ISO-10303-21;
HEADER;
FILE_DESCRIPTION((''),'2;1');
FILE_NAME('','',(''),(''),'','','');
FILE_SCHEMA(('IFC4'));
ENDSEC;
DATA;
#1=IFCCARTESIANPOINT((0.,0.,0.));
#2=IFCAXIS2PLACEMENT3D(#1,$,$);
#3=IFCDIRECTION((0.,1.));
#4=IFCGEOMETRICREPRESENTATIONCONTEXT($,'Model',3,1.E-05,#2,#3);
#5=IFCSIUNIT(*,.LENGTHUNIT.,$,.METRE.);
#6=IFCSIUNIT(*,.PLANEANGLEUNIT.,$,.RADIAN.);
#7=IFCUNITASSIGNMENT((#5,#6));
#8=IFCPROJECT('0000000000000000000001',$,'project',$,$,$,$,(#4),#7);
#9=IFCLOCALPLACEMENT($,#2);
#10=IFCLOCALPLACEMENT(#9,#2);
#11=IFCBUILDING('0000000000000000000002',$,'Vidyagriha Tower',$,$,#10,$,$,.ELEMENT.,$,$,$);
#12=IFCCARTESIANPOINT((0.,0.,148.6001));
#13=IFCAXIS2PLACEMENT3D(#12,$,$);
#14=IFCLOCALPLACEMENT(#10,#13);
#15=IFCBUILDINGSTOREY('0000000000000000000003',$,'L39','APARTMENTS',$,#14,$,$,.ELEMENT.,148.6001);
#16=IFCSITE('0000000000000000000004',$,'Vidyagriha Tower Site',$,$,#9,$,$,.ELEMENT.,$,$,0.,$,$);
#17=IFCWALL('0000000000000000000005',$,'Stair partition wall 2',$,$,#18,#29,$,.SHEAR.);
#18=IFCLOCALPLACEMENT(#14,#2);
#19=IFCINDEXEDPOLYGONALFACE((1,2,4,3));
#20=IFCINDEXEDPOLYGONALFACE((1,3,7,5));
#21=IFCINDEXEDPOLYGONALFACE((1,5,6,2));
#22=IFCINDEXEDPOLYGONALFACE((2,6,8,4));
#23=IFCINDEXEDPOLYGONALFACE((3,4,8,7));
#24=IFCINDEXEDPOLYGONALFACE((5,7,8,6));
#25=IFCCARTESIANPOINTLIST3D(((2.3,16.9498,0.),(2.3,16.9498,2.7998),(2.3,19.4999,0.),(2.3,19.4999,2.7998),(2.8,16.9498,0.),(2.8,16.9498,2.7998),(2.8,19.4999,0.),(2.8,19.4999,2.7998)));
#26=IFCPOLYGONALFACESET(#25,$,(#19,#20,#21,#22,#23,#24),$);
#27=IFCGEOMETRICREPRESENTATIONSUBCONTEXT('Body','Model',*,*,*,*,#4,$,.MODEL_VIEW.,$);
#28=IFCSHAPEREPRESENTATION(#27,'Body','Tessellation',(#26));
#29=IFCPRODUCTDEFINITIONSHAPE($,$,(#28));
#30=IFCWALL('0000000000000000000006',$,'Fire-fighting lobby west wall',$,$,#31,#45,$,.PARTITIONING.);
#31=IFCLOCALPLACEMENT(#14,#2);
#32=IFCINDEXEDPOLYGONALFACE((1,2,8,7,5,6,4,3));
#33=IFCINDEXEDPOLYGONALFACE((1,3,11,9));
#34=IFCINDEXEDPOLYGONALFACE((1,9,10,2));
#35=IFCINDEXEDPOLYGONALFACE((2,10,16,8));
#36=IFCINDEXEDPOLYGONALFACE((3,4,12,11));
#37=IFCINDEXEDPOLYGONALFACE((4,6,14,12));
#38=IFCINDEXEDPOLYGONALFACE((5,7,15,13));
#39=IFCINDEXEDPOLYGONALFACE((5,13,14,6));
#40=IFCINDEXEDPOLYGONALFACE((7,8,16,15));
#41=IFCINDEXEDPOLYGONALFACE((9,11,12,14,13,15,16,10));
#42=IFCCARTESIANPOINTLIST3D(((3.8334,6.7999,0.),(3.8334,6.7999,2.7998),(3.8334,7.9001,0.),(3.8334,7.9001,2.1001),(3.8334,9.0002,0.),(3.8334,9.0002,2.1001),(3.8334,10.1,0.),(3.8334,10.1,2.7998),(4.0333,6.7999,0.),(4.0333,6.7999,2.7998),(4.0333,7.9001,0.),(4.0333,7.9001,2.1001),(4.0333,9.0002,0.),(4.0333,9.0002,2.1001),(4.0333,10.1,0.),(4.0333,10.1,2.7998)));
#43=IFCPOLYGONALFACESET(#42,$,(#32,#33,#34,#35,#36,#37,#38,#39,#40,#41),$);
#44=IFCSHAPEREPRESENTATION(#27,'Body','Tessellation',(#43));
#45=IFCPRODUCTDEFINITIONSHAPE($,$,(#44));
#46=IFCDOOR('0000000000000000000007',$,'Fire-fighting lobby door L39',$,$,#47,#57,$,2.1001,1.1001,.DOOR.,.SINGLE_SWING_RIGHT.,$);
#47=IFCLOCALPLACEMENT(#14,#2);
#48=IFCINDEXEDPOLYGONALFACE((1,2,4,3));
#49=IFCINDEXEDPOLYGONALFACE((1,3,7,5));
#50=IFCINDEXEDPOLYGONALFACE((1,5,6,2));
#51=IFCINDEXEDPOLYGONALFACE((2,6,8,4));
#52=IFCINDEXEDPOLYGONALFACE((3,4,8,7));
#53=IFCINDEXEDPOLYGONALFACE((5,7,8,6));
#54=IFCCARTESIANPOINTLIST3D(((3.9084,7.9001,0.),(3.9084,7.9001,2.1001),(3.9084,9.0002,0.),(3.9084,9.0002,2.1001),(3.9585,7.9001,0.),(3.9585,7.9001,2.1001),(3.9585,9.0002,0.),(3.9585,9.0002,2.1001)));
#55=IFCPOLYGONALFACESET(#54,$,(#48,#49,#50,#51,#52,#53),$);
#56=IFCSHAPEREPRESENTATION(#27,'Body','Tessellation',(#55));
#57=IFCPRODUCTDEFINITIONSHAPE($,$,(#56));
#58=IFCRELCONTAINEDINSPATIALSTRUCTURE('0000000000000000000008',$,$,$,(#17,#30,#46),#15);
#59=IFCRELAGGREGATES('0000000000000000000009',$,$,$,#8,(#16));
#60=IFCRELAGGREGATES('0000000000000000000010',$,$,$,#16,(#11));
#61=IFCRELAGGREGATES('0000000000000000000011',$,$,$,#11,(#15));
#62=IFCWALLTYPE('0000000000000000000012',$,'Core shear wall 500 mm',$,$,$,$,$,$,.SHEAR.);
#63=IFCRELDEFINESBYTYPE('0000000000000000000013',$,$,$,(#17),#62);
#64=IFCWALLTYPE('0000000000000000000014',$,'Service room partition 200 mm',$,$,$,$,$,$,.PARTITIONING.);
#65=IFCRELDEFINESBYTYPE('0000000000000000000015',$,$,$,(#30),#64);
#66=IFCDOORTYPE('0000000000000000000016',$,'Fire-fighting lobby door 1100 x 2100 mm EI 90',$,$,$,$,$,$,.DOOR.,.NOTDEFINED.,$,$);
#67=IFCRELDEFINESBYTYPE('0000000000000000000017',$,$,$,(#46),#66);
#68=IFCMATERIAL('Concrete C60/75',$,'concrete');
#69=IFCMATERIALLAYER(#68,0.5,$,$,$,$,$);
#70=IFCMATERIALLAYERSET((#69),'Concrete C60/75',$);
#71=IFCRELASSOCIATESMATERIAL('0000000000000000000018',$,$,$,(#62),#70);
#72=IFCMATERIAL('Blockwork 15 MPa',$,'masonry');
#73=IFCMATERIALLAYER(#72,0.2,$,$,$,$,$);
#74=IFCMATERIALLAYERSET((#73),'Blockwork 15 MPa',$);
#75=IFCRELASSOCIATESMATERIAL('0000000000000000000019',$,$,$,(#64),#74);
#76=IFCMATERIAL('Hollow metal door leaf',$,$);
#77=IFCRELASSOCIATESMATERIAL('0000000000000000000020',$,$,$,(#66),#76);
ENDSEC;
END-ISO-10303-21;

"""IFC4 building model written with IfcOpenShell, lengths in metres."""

from ifc_helpers import new_model, si_unit, direction, frame, frame_2d, origin, place, context, subcontext, project, spatial, rectangle, extrude, material, layer, layer_set, type_object, element, fill, save


model = new_model("IFC4")

# Units and contexts
model_context = context("Model", 3, precision=1e-05, world=origin(), true_north=direction((0.0, 1.0)))
body_context = subcontext(model_context, "Body", "Model", "MODEL_VIEW")
ifc_project = project(units=[si_unit("LENGTHUNIT", "METRE"), si_unit("PLANEANGLEUNIT", "RADIAN")], contexts=[model_context])

# Site, building, storey
site_placement = place(None, origin())
site = spatial("IfcSite", under=ifc_project, at=site_placement, Name="Vidyagriha Tower Site", CompositionType="ELEMENT", RefElevation=0.0)
building_placement = place(site_placement, origin())
building = spatial("IfcBuilding", under=site, at=building_placement, Name="Vidyagriha Tower", CompositionType="ELEMENT")
storey_placement = place(building_placement, frame((0.0, 0.0, 148.6001)))
storey = spatial("IfcBuildingStorey", under=building, at=storey_placement, Name="L39", Description="APARTMENTS", CompositionType="ELEMENT", Elevation=148.6001)

# Wall
ifc_material_1 = material(Name="Concrete C60/75", Category="concrete")
ifc_layer_1 = layer(ifc_material_1, 0.5)
ifc_layer_set_1 = layer_set([ifc_layer_1], Name="Concrete C60/75")
wall_type_1 = type_object("IfcWallType", Name="Core shear wall 500 mm", PredefinedType="SHEAR", material=ifc_layer_set_1)
wall_1_placement = place(storey_placement, frame((2.55, 16.95, 0.0), z_axis=(0.0, 0.0, 1.0), x_axis=(0.0, 1.0, 0.0)))
element("IfcWall", 1, at=wall_1_placement, inside=storey, type_object=wall_type_1, Name="Stair partition wall 2", PredefinedType="SHEAR", context=body_context, shape_type="SweptSolid", body=[
    extrude(rectangle(XDim=2.55, YDim=0.5, at=frame_2d((1.2749, 0.0))), origin(), (0.0, 0.0, 1.0), 2.7998),
])

# Wall, opening, door
ifc_material_2 = material(Name="Blockwork 15 MPa", Category="masonry")
ifc_layer_2 = layer(ifc_material_2, 0.2)
ifc_layer_set_2 = layer_set([ifc_layer_2], Name="Blockwork 15 MPa")
wall_type_2 = type_object("IfcWallType", Name="Service room partition 200 mm", PredefinedType="PARTITIONING", material=ifc_layer_set_2)
wall_2_placement = place(storey_placement, frame((3.9333, 6.8, 0.0), z_axis=(0.0, 0.0, 1.0), x_axis=(0.0, 1.0, 0.0)))
wall_2 = element("IfcWall", 2, at=wall_2_placement, inside=storey, type_object=wall_type_2, Name="Fire-fighting lobby west wall", PredefinedType="PARTITIONING", context=body_context, shape_type="SweptSolid", body=[
    extrude(rectangle(XDim=3.3, YDim=0.2, at=frame_2d((1.6499, 0.0))), origin(), (0.0, 0.0, 1.0), 2.7998),
])
opening_1_placement = place(wall_2_placement, frame((1.1001, 0.0, 0.0)))
opening_1 = element("IfcOpeningElement", 3, at=opening_1_placement, cuts=wall_2, PredefinedType="OPENING", context=body_context, shape_type="SweptSolid", body=[
    extrude(rectangle(XDim=1.1001, YDim=2.1001, at=frame_2d((0.55, 1.05))), frame((0.0, 0.1099, 0.0), z_axis=(0.0, -1.0, 0.0), x_axis=(1.0, 0.0, 0.0)), (0.0, 0.0, 1.0), 0.22),
])
ifc_material_3 = material(Name="Hollow metal door leaf")
door_type_1 = type_object("IfcDoorType", Name="Fire-fighting lobby door 1100 x 2100 mm EI 90", OperationType="NOTDEFINED", PredefinedType="DOOR", material=ifc_material_3)
door_1_placement = place(opening_1_placement, origin())
door_1 = element("IfcDoor", 4, at=door_1_placement, inside=storey, type_object=door_type_1, Name="Fire-fighting lobby door L39", OperationType="SINGLE_SWING_RIGHT", OverallHeight=2.1001, OverallWidth=1.1001, PredefinedType="DOOR", context=body_context, shape_type="SweptSolid", body=[
    extrude(rectangle(XDim=1.1001, YDim=2.1001, at=frame_2d((0.55, 1.05))), frame((0.0, 0.0249, 0.0), z_axis=(0.0, -1.0, 0.0), x_axis=(1.0, 0.0, 0.0)), (0.0, 0.0, 1.0), 0.05),
])
fill(opening_1, door_1)

save(model, "model.ifc")
